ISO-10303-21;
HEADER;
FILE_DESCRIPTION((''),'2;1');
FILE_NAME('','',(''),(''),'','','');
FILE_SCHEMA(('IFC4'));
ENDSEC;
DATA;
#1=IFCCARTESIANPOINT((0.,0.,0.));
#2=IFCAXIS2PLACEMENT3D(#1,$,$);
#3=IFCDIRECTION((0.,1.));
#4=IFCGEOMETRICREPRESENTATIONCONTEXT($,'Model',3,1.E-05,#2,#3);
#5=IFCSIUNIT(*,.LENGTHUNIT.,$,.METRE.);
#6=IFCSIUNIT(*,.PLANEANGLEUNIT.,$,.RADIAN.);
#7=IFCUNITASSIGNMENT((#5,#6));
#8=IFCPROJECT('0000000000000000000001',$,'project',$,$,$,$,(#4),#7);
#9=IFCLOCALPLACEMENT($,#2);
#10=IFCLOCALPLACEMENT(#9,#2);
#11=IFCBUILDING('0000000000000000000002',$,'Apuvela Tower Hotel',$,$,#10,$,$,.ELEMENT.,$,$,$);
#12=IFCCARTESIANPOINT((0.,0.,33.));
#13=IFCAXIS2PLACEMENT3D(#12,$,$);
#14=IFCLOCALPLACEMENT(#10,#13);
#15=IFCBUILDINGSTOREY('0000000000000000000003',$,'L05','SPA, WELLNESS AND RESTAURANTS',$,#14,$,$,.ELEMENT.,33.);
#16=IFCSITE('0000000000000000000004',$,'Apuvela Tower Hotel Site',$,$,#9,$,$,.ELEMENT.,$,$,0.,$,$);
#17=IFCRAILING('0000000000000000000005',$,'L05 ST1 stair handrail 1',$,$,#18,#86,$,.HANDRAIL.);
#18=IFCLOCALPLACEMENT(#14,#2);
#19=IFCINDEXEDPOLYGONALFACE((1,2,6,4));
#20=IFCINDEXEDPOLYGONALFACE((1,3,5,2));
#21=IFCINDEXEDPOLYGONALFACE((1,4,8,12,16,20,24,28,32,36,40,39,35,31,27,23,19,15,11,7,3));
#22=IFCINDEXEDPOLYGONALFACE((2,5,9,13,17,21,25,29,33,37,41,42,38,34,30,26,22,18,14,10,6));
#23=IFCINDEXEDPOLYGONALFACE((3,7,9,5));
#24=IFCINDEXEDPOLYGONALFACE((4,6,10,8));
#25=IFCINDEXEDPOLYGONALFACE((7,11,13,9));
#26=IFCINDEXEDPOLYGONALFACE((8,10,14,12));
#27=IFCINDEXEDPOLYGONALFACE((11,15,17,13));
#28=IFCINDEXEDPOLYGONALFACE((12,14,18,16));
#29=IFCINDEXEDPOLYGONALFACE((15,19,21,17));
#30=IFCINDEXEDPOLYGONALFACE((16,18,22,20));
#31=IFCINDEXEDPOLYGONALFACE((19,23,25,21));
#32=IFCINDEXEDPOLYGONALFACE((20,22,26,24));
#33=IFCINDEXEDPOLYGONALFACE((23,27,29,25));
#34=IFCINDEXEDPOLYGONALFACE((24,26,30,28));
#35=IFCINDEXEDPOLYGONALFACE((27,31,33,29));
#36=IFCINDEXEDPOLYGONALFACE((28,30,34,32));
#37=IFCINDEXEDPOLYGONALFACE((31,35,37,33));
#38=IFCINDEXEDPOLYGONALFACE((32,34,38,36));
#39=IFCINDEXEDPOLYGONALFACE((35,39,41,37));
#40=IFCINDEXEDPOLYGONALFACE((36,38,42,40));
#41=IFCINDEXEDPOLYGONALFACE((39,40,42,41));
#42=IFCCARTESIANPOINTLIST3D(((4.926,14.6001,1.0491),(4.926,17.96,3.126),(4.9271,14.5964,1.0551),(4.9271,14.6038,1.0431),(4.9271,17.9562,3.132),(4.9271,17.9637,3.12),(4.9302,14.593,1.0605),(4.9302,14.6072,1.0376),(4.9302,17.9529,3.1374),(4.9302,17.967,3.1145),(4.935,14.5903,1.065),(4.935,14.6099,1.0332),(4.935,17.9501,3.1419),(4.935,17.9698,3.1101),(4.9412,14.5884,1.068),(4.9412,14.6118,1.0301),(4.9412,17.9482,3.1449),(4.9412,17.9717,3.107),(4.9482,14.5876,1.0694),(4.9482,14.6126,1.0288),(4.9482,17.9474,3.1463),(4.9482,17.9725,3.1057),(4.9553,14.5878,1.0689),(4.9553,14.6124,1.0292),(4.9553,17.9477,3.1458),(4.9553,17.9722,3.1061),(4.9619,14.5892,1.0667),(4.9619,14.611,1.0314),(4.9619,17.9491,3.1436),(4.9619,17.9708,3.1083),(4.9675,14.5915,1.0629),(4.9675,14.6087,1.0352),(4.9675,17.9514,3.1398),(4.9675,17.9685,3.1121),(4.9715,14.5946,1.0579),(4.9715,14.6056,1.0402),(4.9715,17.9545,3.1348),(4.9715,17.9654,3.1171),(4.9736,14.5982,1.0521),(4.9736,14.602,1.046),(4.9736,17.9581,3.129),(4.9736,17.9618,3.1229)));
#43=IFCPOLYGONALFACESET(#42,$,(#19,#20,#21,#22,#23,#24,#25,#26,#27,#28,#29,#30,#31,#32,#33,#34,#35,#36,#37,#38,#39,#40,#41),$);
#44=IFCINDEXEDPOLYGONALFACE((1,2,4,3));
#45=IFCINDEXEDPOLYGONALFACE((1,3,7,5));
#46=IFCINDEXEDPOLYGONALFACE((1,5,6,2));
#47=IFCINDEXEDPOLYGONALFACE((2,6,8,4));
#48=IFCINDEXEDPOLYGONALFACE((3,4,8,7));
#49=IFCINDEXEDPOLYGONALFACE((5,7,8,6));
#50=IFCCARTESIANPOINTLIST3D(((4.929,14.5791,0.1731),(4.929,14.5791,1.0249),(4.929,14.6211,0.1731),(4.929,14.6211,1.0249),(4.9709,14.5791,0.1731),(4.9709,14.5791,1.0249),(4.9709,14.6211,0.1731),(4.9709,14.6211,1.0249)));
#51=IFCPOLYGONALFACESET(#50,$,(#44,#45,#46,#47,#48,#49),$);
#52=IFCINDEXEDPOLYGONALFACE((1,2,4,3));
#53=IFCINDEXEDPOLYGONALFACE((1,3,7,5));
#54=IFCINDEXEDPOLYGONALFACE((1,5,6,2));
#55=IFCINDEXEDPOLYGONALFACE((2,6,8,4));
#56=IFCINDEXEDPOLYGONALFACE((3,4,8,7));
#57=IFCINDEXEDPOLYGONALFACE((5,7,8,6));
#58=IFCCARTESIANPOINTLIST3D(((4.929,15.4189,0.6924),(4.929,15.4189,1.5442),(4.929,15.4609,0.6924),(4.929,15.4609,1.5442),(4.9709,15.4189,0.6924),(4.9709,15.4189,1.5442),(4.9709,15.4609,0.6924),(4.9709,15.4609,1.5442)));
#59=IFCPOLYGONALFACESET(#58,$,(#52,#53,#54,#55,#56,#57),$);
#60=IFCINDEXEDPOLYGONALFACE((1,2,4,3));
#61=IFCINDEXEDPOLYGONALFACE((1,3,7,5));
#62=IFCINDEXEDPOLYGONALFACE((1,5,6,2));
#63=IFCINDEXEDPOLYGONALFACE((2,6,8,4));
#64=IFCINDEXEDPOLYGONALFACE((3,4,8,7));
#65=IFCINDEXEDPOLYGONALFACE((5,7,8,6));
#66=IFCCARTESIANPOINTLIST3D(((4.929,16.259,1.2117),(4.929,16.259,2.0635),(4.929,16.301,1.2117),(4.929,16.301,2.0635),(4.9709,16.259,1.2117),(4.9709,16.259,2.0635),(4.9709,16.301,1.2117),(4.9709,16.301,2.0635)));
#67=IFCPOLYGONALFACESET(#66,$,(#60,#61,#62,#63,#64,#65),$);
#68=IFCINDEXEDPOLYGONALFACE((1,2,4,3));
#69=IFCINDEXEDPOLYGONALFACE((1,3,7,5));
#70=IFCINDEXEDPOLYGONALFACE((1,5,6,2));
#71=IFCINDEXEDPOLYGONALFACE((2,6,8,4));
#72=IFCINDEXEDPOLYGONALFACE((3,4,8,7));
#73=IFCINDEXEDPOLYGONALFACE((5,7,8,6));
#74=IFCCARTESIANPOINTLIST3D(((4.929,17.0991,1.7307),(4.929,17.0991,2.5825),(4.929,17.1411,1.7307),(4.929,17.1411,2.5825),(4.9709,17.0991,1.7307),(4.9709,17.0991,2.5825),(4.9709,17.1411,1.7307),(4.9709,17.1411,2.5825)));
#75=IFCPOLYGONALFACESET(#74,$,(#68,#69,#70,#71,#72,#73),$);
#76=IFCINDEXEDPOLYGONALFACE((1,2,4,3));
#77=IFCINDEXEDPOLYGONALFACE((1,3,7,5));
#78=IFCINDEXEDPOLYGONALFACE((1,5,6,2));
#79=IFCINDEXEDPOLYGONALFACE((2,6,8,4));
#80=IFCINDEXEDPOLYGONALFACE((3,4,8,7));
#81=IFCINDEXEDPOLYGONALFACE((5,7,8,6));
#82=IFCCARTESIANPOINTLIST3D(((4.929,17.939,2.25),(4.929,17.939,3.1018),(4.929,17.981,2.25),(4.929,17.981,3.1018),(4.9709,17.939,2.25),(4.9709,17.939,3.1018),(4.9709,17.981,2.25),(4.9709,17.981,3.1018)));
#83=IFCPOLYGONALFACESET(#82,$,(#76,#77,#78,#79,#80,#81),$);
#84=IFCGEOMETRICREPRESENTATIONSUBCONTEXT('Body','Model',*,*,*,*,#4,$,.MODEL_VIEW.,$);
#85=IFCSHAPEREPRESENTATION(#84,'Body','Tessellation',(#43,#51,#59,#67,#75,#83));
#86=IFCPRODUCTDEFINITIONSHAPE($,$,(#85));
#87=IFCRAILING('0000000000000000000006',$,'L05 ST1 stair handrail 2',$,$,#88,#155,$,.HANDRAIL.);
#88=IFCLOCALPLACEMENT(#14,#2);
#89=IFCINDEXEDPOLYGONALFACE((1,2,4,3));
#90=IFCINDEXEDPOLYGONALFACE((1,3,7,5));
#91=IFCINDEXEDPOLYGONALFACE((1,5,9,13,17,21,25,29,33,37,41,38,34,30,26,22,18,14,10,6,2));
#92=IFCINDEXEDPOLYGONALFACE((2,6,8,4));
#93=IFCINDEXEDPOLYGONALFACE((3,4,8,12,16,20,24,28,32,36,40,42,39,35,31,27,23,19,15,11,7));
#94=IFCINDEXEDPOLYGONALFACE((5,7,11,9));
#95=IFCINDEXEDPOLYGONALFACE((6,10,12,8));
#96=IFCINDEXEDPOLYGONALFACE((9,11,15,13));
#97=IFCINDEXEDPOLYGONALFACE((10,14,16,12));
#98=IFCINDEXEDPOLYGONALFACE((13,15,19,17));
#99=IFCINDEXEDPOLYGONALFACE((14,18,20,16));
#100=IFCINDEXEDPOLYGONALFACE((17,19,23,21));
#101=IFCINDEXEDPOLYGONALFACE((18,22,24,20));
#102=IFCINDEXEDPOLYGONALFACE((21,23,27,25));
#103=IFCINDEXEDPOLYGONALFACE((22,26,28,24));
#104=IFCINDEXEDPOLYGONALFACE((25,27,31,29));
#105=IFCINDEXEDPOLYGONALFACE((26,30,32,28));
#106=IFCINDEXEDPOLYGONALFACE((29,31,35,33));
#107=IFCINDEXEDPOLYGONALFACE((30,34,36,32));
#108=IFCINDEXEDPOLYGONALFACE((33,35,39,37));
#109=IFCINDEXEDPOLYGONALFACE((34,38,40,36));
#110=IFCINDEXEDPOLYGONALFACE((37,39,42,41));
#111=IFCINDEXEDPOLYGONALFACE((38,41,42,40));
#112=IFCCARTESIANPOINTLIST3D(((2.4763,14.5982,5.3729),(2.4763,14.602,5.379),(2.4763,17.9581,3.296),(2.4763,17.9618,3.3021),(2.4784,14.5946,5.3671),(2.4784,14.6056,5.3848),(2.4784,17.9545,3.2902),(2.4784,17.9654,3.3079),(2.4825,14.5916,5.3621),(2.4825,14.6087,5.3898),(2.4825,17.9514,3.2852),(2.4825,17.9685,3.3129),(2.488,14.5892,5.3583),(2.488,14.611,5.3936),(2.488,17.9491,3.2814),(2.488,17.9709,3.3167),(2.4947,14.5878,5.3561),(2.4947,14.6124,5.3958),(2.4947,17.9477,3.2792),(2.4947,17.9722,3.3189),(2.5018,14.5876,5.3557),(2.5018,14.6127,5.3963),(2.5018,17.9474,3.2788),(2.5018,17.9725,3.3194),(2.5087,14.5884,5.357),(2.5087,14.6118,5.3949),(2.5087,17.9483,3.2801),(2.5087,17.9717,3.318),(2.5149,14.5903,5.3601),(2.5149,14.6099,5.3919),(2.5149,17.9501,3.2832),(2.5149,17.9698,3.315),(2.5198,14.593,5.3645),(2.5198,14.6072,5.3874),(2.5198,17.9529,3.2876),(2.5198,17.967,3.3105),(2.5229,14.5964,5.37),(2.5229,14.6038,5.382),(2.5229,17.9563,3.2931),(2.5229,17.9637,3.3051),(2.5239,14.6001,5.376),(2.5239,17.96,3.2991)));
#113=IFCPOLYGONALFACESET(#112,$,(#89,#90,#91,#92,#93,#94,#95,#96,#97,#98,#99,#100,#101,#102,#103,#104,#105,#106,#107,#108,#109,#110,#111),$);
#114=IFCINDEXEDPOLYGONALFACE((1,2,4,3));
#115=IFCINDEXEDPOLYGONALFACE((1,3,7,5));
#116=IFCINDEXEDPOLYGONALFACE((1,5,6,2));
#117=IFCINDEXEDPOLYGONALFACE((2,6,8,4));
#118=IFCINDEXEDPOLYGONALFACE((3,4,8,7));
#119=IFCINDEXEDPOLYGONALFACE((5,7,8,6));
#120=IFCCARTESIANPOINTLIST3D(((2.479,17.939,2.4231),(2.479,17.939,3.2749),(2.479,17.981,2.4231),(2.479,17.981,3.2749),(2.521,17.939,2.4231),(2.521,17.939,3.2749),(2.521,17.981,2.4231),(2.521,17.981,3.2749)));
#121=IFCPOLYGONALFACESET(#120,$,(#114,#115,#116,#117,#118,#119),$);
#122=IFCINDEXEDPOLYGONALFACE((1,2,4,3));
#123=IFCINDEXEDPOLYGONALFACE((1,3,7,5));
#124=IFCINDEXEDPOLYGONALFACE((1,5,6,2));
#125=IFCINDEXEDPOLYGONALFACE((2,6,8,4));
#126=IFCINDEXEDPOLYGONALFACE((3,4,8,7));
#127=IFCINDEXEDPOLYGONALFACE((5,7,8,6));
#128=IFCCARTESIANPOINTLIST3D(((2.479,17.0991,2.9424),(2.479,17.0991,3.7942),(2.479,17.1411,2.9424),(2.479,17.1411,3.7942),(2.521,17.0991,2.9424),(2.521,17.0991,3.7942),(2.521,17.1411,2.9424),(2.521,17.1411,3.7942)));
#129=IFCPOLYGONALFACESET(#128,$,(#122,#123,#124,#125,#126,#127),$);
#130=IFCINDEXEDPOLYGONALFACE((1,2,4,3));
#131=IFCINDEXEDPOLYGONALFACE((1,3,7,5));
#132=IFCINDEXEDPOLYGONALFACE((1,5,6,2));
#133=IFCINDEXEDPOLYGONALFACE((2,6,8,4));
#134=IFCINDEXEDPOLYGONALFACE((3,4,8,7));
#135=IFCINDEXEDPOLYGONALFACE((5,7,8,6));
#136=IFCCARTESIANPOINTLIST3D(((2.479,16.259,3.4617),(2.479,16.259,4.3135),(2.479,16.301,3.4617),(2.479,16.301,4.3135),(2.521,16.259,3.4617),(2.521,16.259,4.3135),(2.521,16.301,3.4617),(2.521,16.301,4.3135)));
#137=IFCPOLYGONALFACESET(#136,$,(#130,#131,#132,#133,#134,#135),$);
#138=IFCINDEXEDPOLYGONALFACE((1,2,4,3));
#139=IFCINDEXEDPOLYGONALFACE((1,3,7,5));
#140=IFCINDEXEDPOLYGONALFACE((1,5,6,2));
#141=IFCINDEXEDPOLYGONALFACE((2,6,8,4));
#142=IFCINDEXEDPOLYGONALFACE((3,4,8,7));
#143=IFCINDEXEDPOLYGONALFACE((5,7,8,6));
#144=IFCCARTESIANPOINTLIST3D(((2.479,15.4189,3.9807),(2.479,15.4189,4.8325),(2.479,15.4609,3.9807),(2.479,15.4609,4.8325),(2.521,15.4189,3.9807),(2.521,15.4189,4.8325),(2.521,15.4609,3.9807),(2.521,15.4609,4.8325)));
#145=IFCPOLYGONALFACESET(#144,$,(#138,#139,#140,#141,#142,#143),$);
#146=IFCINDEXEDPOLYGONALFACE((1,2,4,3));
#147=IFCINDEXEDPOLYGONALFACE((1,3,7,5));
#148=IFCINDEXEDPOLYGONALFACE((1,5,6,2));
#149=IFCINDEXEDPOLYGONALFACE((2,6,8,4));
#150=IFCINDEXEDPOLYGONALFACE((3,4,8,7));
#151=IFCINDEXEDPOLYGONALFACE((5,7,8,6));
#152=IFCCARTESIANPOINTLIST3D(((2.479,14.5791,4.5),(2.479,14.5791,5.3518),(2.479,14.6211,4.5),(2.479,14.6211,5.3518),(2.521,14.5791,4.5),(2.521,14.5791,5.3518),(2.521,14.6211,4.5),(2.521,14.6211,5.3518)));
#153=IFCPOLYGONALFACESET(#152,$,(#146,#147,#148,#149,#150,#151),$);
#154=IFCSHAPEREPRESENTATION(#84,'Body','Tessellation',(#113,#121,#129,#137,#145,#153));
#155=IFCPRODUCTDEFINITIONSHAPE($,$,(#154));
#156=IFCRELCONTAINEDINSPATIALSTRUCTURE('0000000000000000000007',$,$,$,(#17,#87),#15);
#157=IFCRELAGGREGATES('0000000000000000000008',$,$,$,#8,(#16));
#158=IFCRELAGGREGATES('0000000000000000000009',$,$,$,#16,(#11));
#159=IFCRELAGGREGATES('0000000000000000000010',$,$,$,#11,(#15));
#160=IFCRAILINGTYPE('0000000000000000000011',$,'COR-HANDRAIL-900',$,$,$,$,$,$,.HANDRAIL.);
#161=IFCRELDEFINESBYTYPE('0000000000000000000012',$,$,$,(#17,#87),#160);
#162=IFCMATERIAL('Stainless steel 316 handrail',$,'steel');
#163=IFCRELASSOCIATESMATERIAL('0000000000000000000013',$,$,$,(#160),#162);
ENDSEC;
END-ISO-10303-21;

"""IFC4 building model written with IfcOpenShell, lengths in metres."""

from ifc_helpers import new_model, si_unit, direction, frame, origin, origin_2d, place, context, subcontext, project, spatial, rectangle, circle, extrude, material, type_object, element, save


model = new_model("IFC4")

# Units and contexts
model_context = context("Model", 3, precision=1e-05, world=origin(), true_north=direction((0.0, 1.0)))
body_context = subcontext(model_context, "Body", "Model", "MODEL_VIEW")
ifc_project = project(units=[si_unit("LENGTHUNIT", "METRE"), si_unit("PLANEANGLEUNIT", "RADIAN")], contexts=[model_context])

# Site, building, storey
site_placement = place(None, origin())
site = spatial("IfcSite", under=ifc_project, at=site_placement, Name="Apuvela Tower Hotel Site", CompositionType="ELEMENT", RefElevation=0.0)
building_placement = place(site_placement, origin())
building = spatial("IfcBuilding", under=site, at=building_placement, Name="Apuvela Tower Hotel", CompositionType="ELEMENT")
storey_placement = place(building_placement, frame((0.0, 0.0, 33.0)))
storey = spatial("IfcBuildingStorey", under=building, at=storey_placement, Name="L05", Description="SPA, WELLNESS AND RESTAURANTS", CompositionType="ELEMENT", Elevation=33.0)

# Railings
ifc_material_1 = material(Name="Stainless steel 316 handrail", Category="steel")
railing_type_1 = type_object("IfcRailingType", Name="COR-HANDRAIL-900", PredefinedType="HANDRAIL", material=ifc_material_1)
railing_1_placement = place(storey_placement, frame((4.95, 14.6001, 0.1731)))
element("IfcRailing", 1, at=railing_1_placement, inside=storey, type_object=railing_type_1, Name="L05 ST1 stair handrail 1", PredefinedType="HANDRAIL", context=body_context, shape_type="SweptSolid", body=[
    extrude(circle(Radius=0.0239, at=origin_2d()), frame((0.0, 0.0, 0.876), z_axis=(0.0, 0.850606, 0.525803), x_axis=(-1.0, 0.0, 0.0)), (0.0, 0.0, 1.0), 3.95),
    extrude(rectangle(XDim=0.042, YDim=0.042, at=origin_2d()), origin(), (0.0, 0.0, 1.0), 0.8518),
    extrude(rectangle(XDim=0.042, YDim=0.042, at=origin_2d()), frame((0.0, 0.8398, 0.5193)), (0.0, 0.0, 1.0), 0.8518),
    extrude(rectangle(XDim=0.042, YDim=0.042, at=origin_2d()), frame((0.0, 1.6799, 1.0386)), (0.0, 0.0, 1.0), 0.8518),
    extrude(rectangle(XDim=0.042, YDim=0.042, at=origin_2d()), frame((0.0, 2.52, 1.5576)), (0.0, 0.0, 1.0), 0.8518),
    extrude(rectangle(XDim=0.042, YDim=0.042, at=origin_2d()), frame((0.0, 3.3599, 2.0769)), (0.0, 0.0, 1.0), 0.8518),
])
railing_2_placement = place(storey_placement, frame((2.5, 17.96, 2.4231)))
element("IfcRailing", 2, at=railing_2_placement, inside=storey, type_object=railing_type_1, Name="L05 ST1 stair handrail 2", PredefinedType="HANDRAIL", context=body_context, shape_type="SweptSolid", body=[
    extrude(circle(Radius=0.0239, at=origin_2d()), frame((0.0, 0.0, 0.876), z_axis=(0.0, -0.850606, 0.525803), x_axis=(1.0, 0.0, 0.0)), (0.0, 0.0, 1.0), 3.95),
    extrude(rectangle(XDim=0.042, YDim=0.042, at=origin_2d()), origin(), (0.0, 0.0, 1.0), 0.8518),
    extrude(rectangle(XDim=0.042, YDim=0.042, at=origin_2d()), frame((0.0, -0.8398, 0.5193)), (0.0, 0.0, 1.0), 0.8518),
    extrude(rectangle(XDim=0.042, YDim=0.042, at=origin_2d()), frame((0.0, -1.6799, 1.0386)), (0.0, 0.0, 1.0), 0.8518),
    extrude(rectangle(XDim=0.042, YDim=0.042, at=origin_2d()), frame((0.0, -2.52, 1.5576)), (0.0, 0.0, 1.0), 0.8518),
    extrude(rectangle(XDim=0.042, YDim=0.042, at=origin_2d()), frame((0.0, -3.3599, 2.0769)), (0.0, 0.0, 1.0), 0.8518),
])

save(model, "model.ifc")
